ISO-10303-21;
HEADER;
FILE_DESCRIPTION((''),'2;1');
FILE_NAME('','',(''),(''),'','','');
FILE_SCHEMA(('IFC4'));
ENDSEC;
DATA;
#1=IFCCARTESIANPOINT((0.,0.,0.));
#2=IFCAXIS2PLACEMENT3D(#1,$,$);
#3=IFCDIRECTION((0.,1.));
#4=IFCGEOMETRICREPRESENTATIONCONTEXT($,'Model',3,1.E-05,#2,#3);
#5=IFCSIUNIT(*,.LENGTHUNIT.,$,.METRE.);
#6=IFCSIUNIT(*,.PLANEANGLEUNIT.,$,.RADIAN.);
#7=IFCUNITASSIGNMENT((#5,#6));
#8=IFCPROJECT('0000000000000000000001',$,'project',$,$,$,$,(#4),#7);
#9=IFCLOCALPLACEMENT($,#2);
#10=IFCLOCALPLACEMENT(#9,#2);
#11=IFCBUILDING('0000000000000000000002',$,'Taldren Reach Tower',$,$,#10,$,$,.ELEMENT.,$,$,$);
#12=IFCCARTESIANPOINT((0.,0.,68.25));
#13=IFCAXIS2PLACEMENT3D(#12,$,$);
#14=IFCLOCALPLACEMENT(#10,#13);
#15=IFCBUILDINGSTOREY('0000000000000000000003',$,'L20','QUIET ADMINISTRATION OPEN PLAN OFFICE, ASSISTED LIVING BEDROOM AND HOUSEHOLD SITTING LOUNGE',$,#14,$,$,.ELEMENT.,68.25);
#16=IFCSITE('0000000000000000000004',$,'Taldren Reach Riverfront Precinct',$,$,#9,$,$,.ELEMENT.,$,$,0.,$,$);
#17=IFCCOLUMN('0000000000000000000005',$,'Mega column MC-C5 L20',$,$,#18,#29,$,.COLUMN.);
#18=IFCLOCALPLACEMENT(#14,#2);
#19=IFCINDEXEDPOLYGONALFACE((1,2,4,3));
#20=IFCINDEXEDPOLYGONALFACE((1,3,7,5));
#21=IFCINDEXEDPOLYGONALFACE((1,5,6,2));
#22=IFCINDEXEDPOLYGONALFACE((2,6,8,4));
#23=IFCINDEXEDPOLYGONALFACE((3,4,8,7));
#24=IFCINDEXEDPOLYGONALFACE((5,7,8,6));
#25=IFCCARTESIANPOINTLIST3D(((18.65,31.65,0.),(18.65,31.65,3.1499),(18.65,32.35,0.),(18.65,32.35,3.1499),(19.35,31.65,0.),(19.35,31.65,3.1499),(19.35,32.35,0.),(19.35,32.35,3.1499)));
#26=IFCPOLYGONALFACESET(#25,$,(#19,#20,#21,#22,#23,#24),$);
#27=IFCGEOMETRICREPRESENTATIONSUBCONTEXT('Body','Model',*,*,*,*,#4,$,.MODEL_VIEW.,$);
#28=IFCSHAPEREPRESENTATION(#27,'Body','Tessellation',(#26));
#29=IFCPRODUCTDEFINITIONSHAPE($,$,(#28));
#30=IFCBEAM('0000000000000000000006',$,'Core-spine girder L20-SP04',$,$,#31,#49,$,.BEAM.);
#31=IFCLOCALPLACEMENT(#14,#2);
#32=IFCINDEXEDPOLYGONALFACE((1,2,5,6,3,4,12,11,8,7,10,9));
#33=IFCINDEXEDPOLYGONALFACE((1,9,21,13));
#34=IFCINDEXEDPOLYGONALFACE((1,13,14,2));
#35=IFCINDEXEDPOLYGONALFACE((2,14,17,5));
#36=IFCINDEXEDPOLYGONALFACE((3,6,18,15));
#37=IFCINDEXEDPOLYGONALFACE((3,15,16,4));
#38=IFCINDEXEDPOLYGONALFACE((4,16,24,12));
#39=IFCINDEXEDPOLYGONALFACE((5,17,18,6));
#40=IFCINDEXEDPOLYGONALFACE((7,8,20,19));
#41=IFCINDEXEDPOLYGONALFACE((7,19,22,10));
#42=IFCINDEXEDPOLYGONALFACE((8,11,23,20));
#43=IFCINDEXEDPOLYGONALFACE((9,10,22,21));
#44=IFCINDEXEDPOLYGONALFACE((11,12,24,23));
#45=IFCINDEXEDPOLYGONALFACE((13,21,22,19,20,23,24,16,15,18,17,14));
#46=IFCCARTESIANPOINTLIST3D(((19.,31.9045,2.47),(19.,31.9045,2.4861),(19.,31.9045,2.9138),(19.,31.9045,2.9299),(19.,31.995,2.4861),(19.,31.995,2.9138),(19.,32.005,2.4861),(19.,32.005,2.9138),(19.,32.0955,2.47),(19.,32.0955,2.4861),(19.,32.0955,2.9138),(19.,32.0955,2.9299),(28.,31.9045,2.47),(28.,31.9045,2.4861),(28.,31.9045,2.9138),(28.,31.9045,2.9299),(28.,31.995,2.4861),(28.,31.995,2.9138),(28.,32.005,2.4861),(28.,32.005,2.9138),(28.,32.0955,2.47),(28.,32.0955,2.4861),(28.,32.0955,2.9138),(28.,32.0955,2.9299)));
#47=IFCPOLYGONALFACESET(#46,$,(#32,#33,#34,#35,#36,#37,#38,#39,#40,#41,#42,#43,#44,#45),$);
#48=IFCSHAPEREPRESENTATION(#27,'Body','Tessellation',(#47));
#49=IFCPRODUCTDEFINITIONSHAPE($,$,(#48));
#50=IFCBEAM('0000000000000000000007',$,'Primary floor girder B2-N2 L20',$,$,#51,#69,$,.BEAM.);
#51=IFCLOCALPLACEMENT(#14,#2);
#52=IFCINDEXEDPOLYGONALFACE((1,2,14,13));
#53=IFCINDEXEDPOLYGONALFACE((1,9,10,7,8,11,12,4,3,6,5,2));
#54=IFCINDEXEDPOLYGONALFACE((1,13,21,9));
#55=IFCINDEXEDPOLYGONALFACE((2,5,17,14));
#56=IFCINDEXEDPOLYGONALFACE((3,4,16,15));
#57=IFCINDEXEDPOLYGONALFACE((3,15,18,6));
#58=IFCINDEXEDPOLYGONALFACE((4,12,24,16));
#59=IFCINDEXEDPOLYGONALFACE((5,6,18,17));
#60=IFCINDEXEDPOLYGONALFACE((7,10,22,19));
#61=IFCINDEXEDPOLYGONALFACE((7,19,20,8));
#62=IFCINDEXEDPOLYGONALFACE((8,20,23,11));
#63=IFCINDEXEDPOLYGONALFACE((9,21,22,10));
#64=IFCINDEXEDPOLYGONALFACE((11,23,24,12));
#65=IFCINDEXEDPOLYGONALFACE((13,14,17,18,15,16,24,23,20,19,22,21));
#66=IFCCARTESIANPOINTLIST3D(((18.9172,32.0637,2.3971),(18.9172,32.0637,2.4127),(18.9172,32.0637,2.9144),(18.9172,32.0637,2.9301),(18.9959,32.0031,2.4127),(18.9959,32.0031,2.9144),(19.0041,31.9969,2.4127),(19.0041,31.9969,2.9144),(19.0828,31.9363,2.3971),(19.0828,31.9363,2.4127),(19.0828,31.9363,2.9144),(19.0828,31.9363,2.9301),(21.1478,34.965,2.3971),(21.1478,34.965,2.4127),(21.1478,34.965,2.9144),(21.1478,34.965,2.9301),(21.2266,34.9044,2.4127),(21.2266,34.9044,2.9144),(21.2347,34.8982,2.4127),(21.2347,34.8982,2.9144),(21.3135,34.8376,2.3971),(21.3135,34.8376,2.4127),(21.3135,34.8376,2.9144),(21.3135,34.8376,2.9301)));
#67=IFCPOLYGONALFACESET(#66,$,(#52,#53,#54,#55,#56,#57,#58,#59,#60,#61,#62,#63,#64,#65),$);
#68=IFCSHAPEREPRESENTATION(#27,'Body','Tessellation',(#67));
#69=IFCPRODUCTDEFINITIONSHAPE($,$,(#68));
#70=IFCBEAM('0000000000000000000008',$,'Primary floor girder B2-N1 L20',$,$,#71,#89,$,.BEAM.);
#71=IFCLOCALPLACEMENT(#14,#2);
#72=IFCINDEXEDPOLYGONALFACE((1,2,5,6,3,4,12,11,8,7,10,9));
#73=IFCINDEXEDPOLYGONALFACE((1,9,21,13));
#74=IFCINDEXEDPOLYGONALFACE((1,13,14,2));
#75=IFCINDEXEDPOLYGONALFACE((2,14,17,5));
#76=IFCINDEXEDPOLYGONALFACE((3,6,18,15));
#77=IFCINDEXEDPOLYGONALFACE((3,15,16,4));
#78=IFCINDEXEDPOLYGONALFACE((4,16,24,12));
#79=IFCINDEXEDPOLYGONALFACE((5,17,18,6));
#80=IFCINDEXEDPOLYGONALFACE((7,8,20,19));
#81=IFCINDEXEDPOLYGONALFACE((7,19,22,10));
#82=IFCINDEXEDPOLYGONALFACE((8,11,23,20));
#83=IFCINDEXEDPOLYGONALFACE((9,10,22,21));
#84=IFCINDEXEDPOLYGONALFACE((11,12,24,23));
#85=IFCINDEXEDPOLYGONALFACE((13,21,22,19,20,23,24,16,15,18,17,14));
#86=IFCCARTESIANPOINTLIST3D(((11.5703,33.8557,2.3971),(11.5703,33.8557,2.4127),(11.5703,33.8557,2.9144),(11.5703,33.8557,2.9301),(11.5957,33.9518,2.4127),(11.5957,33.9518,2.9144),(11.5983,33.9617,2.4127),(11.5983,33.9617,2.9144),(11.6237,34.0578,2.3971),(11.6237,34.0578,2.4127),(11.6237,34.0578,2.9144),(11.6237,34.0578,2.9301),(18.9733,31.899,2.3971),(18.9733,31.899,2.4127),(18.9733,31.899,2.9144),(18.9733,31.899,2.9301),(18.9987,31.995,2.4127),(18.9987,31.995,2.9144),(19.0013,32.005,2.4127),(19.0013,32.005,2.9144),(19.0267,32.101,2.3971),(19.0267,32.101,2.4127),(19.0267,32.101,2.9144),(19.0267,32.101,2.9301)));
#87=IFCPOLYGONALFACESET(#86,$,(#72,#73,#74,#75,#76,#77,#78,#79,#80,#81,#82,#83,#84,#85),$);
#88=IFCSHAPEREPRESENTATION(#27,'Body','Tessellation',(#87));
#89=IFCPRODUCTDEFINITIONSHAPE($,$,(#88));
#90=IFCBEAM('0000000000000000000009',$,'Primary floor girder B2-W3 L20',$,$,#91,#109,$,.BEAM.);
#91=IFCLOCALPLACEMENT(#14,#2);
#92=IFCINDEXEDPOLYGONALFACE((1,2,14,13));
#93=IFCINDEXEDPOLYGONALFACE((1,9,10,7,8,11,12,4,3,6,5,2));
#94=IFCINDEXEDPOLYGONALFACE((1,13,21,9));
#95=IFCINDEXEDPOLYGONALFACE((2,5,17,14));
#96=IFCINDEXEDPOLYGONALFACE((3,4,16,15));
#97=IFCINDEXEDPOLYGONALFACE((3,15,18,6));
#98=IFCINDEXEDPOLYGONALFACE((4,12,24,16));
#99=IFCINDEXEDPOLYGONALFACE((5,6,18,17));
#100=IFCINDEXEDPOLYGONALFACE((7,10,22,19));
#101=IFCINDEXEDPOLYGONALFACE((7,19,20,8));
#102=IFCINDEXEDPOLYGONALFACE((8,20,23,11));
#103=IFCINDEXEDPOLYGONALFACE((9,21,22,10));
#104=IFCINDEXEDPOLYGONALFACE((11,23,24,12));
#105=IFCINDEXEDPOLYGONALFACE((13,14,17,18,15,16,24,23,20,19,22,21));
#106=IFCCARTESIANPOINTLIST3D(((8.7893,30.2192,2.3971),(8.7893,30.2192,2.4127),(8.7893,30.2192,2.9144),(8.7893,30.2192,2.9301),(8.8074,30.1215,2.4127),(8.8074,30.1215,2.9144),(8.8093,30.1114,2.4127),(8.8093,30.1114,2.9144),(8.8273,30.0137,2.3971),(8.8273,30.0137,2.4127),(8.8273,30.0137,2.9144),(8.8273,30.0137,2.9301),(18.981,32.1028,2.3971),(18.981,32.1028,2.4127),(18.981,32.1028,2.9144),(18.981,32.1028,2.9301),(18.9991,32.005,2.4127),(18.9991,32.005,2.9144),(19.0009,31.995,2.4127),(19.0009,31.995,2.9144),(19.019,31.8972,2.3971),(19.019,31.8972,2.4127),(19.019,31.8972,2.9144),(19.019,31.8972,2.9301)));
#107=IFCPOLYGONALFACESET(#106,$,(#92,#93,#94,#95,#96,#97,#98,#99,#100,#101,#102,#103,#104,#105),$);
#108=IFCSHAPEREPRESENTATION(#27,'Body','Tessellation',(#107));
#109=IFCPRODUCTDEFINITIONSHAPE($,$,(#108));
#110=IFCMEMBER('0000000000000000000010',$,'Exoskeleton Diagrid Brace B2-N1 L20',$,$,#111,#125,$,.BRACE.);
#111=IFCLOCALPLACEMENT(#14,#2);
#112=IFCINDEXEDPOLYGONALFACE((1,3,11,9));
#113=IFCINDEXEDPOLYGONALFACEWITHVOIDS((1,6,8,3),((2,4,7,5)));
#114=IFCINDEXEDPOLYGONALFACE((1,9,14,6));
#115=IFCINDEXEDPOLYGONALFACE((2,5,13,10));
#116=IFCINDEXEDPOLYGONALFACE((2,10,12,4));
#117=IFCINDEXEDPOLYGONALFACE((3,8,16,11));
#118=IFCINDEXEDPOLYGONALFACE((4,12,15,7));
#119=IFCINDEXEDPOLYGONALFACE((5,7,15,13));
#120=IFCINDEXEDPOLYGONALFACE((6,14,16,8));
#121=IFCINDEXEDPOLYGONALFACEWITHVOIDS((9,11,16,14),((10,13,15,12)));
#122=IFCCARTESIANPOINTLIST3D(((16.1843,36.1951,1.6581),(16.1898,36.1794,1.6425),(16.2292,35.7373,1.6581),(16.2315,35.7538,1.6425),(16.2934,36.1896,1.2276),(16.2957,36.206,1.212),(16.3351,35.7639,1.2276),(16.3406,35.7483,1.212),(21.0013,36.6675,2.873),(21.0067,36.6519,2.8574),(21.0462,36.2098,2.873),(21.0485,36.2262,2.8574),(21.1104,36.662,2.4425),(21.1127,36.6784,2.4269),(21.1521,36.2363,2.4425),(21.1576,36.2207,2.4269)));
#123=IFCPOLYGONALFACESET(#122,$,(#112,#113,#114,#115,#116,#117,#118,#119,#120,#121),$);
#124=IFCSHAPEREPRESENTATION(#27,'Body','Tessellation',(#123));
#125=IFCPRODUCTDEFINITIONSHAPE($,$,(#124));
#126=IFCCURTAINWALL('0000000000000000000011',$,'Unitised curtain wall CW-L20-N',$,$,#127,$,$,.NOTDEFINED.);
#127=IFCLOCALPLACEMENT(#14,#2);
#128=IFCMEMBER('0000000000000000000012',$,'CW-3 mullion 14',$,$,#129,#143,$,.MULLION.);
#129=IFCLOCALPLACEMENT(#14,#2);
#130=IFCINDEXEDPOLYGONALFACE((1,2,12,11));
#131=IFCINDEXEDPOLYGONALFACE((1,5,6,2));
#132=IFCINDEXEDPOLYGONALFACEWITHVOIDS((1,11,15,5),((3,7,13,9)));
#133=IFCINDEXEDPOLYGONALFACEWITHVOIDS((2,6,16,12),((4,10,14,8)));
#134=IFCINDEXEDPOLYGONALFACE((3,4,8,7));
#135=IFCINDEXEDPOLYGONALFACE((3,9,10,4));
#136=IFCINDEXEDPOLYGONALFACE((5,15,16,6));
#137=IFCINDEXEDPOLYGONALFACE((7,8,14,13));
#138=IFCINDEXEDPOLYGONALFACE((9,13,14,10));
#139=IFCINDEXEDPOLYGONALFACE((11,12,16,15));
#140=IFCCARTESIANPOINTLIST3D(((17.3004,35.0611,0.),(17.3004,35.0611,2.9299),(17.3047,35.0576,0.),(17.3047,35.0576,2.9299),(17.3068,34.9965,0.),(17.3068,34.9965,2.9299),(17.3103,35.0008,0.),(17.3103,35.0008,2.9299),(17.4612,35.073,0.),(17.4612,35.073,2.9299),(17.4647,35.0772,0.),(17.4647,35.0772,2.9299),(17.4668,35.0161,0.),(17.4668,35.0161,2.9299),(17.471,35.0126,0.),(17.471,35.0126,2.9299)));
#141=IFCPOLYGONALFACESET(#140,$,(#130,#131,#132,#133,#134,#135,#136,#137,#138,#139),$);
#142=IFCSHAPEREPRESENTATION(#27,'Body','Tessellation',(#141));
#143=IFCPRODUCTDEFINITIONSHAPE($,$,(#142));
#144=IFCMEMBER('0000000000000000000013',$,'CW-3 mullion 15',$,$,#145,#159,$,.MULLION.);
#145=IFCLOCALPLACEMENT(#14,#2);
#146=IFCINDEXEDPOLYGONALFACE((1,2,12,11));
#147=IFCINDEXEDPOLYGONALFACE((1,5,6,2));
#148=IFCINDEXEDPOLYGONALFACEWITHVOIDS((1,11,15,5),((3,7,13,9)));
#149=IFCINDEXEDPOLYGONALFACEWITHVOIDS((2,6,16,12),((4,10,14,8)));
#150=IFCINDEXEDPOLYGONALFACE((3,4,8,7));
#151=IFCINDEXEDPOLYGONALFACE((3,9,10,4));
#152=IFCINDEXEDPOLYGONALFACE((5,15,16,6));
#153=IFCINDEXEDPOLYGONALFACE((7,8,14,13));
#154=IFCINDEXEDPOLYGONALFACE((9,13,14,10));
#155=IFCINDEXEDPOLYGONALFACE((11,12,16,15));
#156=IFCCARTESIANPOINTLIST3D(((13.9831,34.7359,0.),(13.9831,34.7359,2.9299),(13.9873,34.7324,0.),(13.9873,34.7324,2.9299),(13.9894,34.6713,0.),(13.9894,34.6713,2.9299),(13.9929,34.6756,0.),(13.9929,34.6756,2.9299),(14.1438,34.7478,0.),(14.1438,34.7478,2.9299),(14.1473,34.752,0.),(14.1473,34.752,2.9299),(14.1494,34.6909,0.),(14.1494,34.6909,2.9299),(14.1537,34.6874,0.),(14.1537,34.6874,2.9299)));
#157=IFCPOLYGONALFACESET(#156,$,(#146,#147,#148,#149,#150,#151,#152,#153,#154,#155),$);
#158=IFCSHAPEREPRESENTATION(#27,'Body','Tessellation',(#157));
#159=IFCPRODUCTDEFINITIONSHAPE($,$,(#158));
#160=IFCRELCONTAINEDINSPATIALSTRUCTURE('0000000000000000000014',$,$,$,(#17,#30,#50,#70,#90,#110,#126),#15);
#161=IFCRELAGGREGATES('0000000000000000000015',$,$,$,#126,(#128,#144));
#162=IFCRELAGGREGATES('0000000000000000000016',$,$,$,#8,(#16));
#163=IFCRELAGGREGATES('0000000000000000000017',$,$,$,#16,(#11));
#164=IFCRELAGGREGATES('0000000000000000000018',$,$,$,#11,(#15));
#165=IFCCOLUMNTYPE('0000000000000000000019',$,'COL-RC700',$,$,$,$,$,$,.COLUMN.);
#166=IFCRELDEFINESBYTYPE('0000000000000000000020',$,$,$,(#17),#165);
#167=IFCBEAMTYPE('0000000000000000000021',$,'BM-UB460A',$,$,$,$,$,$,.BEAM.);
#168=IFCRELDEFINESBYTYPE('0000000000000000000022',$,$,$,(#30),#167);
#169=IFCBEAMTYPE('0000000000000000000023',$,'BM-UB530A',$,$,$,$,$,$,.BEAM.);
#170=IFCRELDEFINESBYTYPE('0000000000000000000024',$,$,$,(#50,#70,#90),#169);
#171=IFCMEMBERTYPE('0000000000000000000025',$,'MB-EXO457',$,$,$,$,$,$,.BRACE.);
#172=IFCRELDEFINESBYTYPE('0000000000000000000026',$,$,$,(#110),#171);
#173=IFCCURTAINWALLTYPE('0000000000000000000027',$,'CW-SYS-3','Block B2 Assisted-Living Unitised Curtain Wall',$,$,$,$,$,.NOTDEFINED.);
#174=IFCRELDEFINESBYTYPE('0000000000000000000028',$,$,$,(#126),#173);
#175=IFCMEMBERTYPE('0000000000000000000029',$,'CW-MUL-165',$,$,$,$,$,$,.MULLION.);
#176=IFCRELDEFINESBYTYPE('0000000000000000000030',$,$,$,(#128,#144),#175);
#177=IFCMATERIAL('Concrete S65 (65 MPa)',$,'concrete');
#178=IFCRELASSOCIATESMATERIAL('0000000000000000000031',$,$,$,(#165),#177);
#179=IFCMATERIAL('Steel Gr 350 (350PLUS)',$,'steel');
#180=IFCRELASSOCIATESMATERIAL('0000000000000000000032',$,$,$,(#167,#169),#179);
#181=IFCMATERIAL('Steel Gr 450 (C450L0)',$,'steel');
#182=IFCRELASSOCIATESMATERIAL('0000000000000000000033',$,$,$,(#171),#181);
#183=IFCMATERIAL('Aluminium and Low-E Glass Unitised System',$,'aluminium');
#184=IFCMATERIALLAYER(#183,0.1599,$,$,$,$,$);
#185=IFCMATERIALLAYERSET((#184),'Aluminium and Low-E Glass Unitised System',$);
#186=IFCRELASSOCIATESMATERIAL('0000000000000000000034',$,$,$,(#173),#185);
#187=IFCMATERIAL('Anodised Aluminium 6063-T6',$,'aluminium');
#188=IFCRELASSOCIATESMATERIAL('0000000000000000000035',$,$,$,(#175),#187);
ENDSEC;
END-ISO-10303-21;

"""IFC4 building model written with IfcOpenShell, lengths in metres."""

from ifc_helpers import new_model, si_unit, direction, frame, origin, origin_2d, place, context, subcontext, project, spatial, rectangle, hollow_rectangle, i_section, extrude, source, transform, mapped, material, layer, layer_set, material_profile, profile_set, type_object, element, aggregate, save


model = new_model("IFC4")

# Units and contexts
model_context = context("Model", 3, precision=1e-05, world=origin(), true_north=direction((0.0, 1.0)))
body_context = subcontext(model_context, "Body", "Model", "MODEL_VIEW")
ifc_project = project(units=[si_unit("LENGTHUNIT", "METRE"), si_unit("PLANEANGLEUNIT", "RADIAN")], contexts=[model_context])

# Site, building, storey
site_placement = place(None, origin())
site = spatial("IfcSite", under=ifc_project, at=site_placement, Name="Taldren Reach Riverfront Precinct", CompositionType="ELEMENT", RefElevation=0.0)
building_placement = place(site_placement, origin())
building = spatial("IfcBuilding", under=site, at=building_placement, Name="Taldren Reach Tower", CompositionType="ELEMENT")
storey_placement = place(building_placement, frame((0.0, 0.0, 68.25)))
storey = spatial("IfcBuildingStorey", under=building, at=storey_placement, Name="L20", Description="QUIET ADMINISTRATION OPEN PLAN OFFICE, ASSISTED LIVING BEDROOM AND HOUSEHOLD SITTING LOUNGE", CompositionType="ELEMENT", Elevation=68.25)

# Column
ifc_material_1 = material(Name="Concrete S65 (65 MPa)", Category="concrete")
ifc_material_profile_1 = material_profile(ifc_material_1, rectangle(XDim=0.7, YDim=0.7, at=origin_2d()), Name="RC-700x700")
ifc_profile_set_1 = profile_set([ifc_material_profile_1], Name="Concrete S65 (65 MPa)")
column_type = type_object("IfcColumnType", Name="COL-RC700", PredefinedType="COLUMN", material=ifc_profile_set_1)
shared_shape_1 = source(origin(), body_context, "Body", "SweptSolid", [
    extrude(rectangle(XDim=0.7, YDim=0.7, at=origin_2d()), origin(), (0.0, 0.0, 1.0), 3.1499),
])
column_placement = place(storey_placement, frame((19.0, 32.0, 0.0), z_axis=(0.0, 0.0, 1.0), x_axis=(1.0, 0.0, 0.0)))
element("IfcColumn", 1, at=column_placement, inside=storey, type_object=column_type, Name="Mega column MC-C5 L20", PredefinedType="COLUMN", context=body_context, shape_type="MappedRepresentation", body=[
    mapped(shared_shape_1, transform((0.0, 0.0, 0.0), scale=1.0)),
])

# Beams
ifc_material_2 = material(Name="Steel Gr 350 (350PLUS)", Category="steel")
ifc_material_profile_2 = material_profile(ifc_material_2, i_section(OverallWidth=0.1909, OverallDepth=0.46, WebThickness=0.01, FlangeThickness=0.0161, at=origin_2d()), Name="460UB82.1")
ifc_profile_set_2 = profile_set([ifc_material_profile_2], Name="Steel Gr 350 (350PLUS)")
beam_type_1 = type_object("IfcBeamType", Name="BM-UB460A", PredefinedType="BEAM", material=ifc_profile_set_2)
shared_shape_2 = source(origin(), body_context, "Body", "SweptSolid", [
    extrude(i_section(OverallWidth=0.1909, OverallDepth=0.46, WebThickness=0.01, FlangeThickness=0.0161, at=origin_2d()), origin(), (0.0, 0.0, 1.0), 9.0),
])
beam_1_placement = place(storey_placement, frame((19.0, 32.0, 2.7), z_axis=(1.0, 0.0, 0.0), x_axis=(0.0, 1.0, 0.0)))
element("IfcBeam", 2, at=beam_1_placement, inside=storey, type_object=beam_type_1, Name="Core-spine girder L20-SP04", PredefinedType="BEAM", context=body_context, shape_type="MappedRepresentation", body=[
    mapped(shared_shape_2, transform((0.0, 0.0, 0.0), scale=1.0)),
])
ifc_material_profile_3 = material_profile(ifc_material_2, i_section(OverallWidth=0.209, OverallDepth=0.533, WebThickness=0.0103, FlangeThickness=0.0156, at=origin_2d()), Name="530UB92.4")
ifc_profile_set_3 = profile_set([ifc_material_profile_3], Name="Steel Gr 350 (350PLUS)")
beam_type_2 = type_object("IfcBeamType", Name="BM-UB530A", PredefinedType="BEAM", material=ifc_profile_set_3)
shared_shape_3 = source(origin(), body_context, "Body", "SweptSolid", [
    extrude(i_section(OverallWidth=0.209, OverallDepth=0.533, WebThickness=0.0103, FlangeThickness=0.0156, at=origin_2d()), origin(), (0.0, 0.0, 1.0), 3.6597),
])
beam_2_placement = place(storey_placement, frame((19.0, 32.0, 2.6636), z_axis=(0.609521, 0.79277, 0.0), x_axis=(-0.79277, 0.609521, 0.0)))
element("IfcBeam", 3, at=beam_2_placement, inside=storey, type_object=beam_type_2, Name="Primary floor girder B2-N2 L20", PredefinedType="BEAM", context=body_context, shape_type="MappedRepresentation", body=[
    mapped(shared_shape_3, transform((0.0, 0.0, 0.0), scale=1.0)),
])
shared_shape_4 = source(origin(), body_context, "Body", "SweptSolid", [
    extrude(i_section(OverallWidth=0.209, OverallDepth=0.533, WebThickness=0.0103, FlangeThickness=0.0156, at=origin_2d()), origin(), (0.0, 0.0, 1.0), 7.6572),
])
beam_3_placement = place(storey_placement, frame((19.0, 32.0, 2.6636), z_axis=(-0.966797, 0.255545, 0.0), x_axis=(-0.255545, -0.966797, 0.0)))
element("IfcBeam", 4, at=beam_3_placement, inside=storey, type_object=beam_type_2, Name="Primary floor girder B2-N1 L20", PredefinedType="BEAM", context=body_context, shape_type="MappedRepresentation", body=[
    mapped(shared_shape_4, transform((0.0, 0.0, 0.0), scale=1.0)),
])
shared_shape_5 = source(origin(), body_context, "Body", "SweptSolid", [
    extrude(i_section(OverallWidth=0.209, OverallDepth=0.533, WebThickness=0.0103, FlangeThickness=0.0156, at=origin_2d()), origin(), (0.0, 0.0, 1.0), 10.3643),
])
beam_4_placement = place(storey_placement, frame((19.0, 32.0, 2.6636), z_axis=(-0.983348, -0.181735, 0.0), x_axis=(0.181735, -0.983348, 0.0)))
element("IfcBeam", 5, at=beam_4_placement, inside=storey, type_object=beam_type_2, Name="Primary floor girder B2-W3 L20", PredefinedType="BEAM", context=body_context, shape_type="MappedRepresentation", body=[
    mapped(shared_shape_5, transform((0.0, 0.0, 0.0), scale=1.0)),
])

# Member
ifc_material_3 = material(Name="Steel Gr 450 (C450L0)", Category="steel")
ifc_material_profile_4 = material_profile(ifc_material_3, hollow_rectangle(XDim=0.46, YDim=0.46, WallThickness=0.0161, at=origin_2d()), Name="460x460x16.0SHS")
ifc_profile_set_4 = profile_set([ifc_material_profile_4], Name="Steel Gr 450 (C450L0)")
member_type_1 = type_object("IfcMemberType", Name="MB-EXO457", PredefinedType="BRACE", material=ifc_profile_set_4)
shared_shape_6 = source(origin(), body_context, "Body", "SweptSolid", [
    extrude(hollow_rectangle(XDim=0.46, YDim=0.46, WallThickness=0.0161, at=origin_2d()), origin(), (0.0, 0.0, 1.0), 4.9902),
])
member_1_placement = place(storey_placement, frame((16.2625, 35.9717, 1.4351), z_axis=(0.965283, 0.094669, 0.243449), x_axis=(-0.097606, 0.995225, 0.0)))
element("IfcMember", 6, at=member_1_placement, inside=storey, type_object=member_type_1, Name="Exoskeleton Diagrid Brace B2-N1 L20", PredefinedType="BRACE", context=body_context, shape_type="MappedRepresentation", body=[
    mapped(shared_shape_6, transform((0.0, 0.0, 0.0), scale=1.0)),
])

# Curtain wall, members
ifc_material_4 = material(Name="Aluminium and Low-E Glass Unitised System", Category="aluminium")
ifc_layer_1 = layer(ifc_material_4, 0.1599)
ifc_layer_set_1 = layer_set([ifc_layer_1], Name="Aluminium and Low-E Glass Unitised System")
curtain_wall_type = type_object("IfcCurtainWallType", Name="CW-SYS-3", Description="Block B2 Assisted-Living Unitised Curtain Wall", PredefinedType="NOTDEFINED", material=ifc_layer_set_1)
curtain_wall_placement = place(storey_placement, origin())
curtain_wall = element("IfcCurtainWall", 7, at=curtain_wall_placement, inside=storey, type_object=curtain_wall_type, Name="Unitised curtain wall CW-L20-N", PredefinedType="NOTDEFINED")
ifc_material_5 = material(Name="Anodised Aluminium 6063-T6", Category="aluminium")
ifc_material_profile_5 = material_profile(ifc_material_5, hollow_rectangle(XDim=0.0649, YDim=0.165, WallThickness=0.0039, at=origin_2d()), Name="ALU-165x65x4RHS")
ifc_profile_set_5 = profile_set([ifc_material_profile_5], Name="Anodised Aluminium 6063-T6")
member_type_2 = type_object("IfcMemberType", Name="CW-MUL-165", PredefinedType="MULLION", material=ifc_profile_set_5)
shared_shape_7 = source(origin(), body_context, "Body", "SweptSolid", [
    extrude(hollow_rectangle(XDim=0.0649, YDim=0.165, WallThickness=0.0039, at=origin_2d()), origin(), (0.0, 0.0, 1.0), 2.9299),
])
member_2_placement = place(storey_placement, frame((17.3857, 35.0369, 0.0), z_axis=(0.0, 0.0, 1.0), x_axis=(0.097583, -0.995227, 0.0)))
member_2 = element("IfcMember", 8, at=member_2_placement, type_object=member_type_2, Name="CW-3 mullion 14", PredefinedType="MULLION", context=body_context, shape_type="MappedRepresentation", body=[
    mapped(shared_shape_7, transform((0.0, 0.0, 0.0), scale=1.0)),
])
member_3_placement = place(storey_placement, frame((14.0684, 34.7117, 0.0), z_axis=(0.0, 0.0, 1.0), x_axis=(0.097583, -0.995227, 0.0)))
member_3 = element("IfcMember", 9, at=member_3_placement, type_object=member_type_2, Name="CW-3 mullion 15", PredefinedType="MULLION", context=body_context, shape_type="MappedRepresentation", body=[
    mapped(shared_shape_7, transform((0.0, 0.0, 0.0), scale=1.0)),
])

aggregate(curtain_wall, [member_2, member_3])

save(model, "model.ifc")
